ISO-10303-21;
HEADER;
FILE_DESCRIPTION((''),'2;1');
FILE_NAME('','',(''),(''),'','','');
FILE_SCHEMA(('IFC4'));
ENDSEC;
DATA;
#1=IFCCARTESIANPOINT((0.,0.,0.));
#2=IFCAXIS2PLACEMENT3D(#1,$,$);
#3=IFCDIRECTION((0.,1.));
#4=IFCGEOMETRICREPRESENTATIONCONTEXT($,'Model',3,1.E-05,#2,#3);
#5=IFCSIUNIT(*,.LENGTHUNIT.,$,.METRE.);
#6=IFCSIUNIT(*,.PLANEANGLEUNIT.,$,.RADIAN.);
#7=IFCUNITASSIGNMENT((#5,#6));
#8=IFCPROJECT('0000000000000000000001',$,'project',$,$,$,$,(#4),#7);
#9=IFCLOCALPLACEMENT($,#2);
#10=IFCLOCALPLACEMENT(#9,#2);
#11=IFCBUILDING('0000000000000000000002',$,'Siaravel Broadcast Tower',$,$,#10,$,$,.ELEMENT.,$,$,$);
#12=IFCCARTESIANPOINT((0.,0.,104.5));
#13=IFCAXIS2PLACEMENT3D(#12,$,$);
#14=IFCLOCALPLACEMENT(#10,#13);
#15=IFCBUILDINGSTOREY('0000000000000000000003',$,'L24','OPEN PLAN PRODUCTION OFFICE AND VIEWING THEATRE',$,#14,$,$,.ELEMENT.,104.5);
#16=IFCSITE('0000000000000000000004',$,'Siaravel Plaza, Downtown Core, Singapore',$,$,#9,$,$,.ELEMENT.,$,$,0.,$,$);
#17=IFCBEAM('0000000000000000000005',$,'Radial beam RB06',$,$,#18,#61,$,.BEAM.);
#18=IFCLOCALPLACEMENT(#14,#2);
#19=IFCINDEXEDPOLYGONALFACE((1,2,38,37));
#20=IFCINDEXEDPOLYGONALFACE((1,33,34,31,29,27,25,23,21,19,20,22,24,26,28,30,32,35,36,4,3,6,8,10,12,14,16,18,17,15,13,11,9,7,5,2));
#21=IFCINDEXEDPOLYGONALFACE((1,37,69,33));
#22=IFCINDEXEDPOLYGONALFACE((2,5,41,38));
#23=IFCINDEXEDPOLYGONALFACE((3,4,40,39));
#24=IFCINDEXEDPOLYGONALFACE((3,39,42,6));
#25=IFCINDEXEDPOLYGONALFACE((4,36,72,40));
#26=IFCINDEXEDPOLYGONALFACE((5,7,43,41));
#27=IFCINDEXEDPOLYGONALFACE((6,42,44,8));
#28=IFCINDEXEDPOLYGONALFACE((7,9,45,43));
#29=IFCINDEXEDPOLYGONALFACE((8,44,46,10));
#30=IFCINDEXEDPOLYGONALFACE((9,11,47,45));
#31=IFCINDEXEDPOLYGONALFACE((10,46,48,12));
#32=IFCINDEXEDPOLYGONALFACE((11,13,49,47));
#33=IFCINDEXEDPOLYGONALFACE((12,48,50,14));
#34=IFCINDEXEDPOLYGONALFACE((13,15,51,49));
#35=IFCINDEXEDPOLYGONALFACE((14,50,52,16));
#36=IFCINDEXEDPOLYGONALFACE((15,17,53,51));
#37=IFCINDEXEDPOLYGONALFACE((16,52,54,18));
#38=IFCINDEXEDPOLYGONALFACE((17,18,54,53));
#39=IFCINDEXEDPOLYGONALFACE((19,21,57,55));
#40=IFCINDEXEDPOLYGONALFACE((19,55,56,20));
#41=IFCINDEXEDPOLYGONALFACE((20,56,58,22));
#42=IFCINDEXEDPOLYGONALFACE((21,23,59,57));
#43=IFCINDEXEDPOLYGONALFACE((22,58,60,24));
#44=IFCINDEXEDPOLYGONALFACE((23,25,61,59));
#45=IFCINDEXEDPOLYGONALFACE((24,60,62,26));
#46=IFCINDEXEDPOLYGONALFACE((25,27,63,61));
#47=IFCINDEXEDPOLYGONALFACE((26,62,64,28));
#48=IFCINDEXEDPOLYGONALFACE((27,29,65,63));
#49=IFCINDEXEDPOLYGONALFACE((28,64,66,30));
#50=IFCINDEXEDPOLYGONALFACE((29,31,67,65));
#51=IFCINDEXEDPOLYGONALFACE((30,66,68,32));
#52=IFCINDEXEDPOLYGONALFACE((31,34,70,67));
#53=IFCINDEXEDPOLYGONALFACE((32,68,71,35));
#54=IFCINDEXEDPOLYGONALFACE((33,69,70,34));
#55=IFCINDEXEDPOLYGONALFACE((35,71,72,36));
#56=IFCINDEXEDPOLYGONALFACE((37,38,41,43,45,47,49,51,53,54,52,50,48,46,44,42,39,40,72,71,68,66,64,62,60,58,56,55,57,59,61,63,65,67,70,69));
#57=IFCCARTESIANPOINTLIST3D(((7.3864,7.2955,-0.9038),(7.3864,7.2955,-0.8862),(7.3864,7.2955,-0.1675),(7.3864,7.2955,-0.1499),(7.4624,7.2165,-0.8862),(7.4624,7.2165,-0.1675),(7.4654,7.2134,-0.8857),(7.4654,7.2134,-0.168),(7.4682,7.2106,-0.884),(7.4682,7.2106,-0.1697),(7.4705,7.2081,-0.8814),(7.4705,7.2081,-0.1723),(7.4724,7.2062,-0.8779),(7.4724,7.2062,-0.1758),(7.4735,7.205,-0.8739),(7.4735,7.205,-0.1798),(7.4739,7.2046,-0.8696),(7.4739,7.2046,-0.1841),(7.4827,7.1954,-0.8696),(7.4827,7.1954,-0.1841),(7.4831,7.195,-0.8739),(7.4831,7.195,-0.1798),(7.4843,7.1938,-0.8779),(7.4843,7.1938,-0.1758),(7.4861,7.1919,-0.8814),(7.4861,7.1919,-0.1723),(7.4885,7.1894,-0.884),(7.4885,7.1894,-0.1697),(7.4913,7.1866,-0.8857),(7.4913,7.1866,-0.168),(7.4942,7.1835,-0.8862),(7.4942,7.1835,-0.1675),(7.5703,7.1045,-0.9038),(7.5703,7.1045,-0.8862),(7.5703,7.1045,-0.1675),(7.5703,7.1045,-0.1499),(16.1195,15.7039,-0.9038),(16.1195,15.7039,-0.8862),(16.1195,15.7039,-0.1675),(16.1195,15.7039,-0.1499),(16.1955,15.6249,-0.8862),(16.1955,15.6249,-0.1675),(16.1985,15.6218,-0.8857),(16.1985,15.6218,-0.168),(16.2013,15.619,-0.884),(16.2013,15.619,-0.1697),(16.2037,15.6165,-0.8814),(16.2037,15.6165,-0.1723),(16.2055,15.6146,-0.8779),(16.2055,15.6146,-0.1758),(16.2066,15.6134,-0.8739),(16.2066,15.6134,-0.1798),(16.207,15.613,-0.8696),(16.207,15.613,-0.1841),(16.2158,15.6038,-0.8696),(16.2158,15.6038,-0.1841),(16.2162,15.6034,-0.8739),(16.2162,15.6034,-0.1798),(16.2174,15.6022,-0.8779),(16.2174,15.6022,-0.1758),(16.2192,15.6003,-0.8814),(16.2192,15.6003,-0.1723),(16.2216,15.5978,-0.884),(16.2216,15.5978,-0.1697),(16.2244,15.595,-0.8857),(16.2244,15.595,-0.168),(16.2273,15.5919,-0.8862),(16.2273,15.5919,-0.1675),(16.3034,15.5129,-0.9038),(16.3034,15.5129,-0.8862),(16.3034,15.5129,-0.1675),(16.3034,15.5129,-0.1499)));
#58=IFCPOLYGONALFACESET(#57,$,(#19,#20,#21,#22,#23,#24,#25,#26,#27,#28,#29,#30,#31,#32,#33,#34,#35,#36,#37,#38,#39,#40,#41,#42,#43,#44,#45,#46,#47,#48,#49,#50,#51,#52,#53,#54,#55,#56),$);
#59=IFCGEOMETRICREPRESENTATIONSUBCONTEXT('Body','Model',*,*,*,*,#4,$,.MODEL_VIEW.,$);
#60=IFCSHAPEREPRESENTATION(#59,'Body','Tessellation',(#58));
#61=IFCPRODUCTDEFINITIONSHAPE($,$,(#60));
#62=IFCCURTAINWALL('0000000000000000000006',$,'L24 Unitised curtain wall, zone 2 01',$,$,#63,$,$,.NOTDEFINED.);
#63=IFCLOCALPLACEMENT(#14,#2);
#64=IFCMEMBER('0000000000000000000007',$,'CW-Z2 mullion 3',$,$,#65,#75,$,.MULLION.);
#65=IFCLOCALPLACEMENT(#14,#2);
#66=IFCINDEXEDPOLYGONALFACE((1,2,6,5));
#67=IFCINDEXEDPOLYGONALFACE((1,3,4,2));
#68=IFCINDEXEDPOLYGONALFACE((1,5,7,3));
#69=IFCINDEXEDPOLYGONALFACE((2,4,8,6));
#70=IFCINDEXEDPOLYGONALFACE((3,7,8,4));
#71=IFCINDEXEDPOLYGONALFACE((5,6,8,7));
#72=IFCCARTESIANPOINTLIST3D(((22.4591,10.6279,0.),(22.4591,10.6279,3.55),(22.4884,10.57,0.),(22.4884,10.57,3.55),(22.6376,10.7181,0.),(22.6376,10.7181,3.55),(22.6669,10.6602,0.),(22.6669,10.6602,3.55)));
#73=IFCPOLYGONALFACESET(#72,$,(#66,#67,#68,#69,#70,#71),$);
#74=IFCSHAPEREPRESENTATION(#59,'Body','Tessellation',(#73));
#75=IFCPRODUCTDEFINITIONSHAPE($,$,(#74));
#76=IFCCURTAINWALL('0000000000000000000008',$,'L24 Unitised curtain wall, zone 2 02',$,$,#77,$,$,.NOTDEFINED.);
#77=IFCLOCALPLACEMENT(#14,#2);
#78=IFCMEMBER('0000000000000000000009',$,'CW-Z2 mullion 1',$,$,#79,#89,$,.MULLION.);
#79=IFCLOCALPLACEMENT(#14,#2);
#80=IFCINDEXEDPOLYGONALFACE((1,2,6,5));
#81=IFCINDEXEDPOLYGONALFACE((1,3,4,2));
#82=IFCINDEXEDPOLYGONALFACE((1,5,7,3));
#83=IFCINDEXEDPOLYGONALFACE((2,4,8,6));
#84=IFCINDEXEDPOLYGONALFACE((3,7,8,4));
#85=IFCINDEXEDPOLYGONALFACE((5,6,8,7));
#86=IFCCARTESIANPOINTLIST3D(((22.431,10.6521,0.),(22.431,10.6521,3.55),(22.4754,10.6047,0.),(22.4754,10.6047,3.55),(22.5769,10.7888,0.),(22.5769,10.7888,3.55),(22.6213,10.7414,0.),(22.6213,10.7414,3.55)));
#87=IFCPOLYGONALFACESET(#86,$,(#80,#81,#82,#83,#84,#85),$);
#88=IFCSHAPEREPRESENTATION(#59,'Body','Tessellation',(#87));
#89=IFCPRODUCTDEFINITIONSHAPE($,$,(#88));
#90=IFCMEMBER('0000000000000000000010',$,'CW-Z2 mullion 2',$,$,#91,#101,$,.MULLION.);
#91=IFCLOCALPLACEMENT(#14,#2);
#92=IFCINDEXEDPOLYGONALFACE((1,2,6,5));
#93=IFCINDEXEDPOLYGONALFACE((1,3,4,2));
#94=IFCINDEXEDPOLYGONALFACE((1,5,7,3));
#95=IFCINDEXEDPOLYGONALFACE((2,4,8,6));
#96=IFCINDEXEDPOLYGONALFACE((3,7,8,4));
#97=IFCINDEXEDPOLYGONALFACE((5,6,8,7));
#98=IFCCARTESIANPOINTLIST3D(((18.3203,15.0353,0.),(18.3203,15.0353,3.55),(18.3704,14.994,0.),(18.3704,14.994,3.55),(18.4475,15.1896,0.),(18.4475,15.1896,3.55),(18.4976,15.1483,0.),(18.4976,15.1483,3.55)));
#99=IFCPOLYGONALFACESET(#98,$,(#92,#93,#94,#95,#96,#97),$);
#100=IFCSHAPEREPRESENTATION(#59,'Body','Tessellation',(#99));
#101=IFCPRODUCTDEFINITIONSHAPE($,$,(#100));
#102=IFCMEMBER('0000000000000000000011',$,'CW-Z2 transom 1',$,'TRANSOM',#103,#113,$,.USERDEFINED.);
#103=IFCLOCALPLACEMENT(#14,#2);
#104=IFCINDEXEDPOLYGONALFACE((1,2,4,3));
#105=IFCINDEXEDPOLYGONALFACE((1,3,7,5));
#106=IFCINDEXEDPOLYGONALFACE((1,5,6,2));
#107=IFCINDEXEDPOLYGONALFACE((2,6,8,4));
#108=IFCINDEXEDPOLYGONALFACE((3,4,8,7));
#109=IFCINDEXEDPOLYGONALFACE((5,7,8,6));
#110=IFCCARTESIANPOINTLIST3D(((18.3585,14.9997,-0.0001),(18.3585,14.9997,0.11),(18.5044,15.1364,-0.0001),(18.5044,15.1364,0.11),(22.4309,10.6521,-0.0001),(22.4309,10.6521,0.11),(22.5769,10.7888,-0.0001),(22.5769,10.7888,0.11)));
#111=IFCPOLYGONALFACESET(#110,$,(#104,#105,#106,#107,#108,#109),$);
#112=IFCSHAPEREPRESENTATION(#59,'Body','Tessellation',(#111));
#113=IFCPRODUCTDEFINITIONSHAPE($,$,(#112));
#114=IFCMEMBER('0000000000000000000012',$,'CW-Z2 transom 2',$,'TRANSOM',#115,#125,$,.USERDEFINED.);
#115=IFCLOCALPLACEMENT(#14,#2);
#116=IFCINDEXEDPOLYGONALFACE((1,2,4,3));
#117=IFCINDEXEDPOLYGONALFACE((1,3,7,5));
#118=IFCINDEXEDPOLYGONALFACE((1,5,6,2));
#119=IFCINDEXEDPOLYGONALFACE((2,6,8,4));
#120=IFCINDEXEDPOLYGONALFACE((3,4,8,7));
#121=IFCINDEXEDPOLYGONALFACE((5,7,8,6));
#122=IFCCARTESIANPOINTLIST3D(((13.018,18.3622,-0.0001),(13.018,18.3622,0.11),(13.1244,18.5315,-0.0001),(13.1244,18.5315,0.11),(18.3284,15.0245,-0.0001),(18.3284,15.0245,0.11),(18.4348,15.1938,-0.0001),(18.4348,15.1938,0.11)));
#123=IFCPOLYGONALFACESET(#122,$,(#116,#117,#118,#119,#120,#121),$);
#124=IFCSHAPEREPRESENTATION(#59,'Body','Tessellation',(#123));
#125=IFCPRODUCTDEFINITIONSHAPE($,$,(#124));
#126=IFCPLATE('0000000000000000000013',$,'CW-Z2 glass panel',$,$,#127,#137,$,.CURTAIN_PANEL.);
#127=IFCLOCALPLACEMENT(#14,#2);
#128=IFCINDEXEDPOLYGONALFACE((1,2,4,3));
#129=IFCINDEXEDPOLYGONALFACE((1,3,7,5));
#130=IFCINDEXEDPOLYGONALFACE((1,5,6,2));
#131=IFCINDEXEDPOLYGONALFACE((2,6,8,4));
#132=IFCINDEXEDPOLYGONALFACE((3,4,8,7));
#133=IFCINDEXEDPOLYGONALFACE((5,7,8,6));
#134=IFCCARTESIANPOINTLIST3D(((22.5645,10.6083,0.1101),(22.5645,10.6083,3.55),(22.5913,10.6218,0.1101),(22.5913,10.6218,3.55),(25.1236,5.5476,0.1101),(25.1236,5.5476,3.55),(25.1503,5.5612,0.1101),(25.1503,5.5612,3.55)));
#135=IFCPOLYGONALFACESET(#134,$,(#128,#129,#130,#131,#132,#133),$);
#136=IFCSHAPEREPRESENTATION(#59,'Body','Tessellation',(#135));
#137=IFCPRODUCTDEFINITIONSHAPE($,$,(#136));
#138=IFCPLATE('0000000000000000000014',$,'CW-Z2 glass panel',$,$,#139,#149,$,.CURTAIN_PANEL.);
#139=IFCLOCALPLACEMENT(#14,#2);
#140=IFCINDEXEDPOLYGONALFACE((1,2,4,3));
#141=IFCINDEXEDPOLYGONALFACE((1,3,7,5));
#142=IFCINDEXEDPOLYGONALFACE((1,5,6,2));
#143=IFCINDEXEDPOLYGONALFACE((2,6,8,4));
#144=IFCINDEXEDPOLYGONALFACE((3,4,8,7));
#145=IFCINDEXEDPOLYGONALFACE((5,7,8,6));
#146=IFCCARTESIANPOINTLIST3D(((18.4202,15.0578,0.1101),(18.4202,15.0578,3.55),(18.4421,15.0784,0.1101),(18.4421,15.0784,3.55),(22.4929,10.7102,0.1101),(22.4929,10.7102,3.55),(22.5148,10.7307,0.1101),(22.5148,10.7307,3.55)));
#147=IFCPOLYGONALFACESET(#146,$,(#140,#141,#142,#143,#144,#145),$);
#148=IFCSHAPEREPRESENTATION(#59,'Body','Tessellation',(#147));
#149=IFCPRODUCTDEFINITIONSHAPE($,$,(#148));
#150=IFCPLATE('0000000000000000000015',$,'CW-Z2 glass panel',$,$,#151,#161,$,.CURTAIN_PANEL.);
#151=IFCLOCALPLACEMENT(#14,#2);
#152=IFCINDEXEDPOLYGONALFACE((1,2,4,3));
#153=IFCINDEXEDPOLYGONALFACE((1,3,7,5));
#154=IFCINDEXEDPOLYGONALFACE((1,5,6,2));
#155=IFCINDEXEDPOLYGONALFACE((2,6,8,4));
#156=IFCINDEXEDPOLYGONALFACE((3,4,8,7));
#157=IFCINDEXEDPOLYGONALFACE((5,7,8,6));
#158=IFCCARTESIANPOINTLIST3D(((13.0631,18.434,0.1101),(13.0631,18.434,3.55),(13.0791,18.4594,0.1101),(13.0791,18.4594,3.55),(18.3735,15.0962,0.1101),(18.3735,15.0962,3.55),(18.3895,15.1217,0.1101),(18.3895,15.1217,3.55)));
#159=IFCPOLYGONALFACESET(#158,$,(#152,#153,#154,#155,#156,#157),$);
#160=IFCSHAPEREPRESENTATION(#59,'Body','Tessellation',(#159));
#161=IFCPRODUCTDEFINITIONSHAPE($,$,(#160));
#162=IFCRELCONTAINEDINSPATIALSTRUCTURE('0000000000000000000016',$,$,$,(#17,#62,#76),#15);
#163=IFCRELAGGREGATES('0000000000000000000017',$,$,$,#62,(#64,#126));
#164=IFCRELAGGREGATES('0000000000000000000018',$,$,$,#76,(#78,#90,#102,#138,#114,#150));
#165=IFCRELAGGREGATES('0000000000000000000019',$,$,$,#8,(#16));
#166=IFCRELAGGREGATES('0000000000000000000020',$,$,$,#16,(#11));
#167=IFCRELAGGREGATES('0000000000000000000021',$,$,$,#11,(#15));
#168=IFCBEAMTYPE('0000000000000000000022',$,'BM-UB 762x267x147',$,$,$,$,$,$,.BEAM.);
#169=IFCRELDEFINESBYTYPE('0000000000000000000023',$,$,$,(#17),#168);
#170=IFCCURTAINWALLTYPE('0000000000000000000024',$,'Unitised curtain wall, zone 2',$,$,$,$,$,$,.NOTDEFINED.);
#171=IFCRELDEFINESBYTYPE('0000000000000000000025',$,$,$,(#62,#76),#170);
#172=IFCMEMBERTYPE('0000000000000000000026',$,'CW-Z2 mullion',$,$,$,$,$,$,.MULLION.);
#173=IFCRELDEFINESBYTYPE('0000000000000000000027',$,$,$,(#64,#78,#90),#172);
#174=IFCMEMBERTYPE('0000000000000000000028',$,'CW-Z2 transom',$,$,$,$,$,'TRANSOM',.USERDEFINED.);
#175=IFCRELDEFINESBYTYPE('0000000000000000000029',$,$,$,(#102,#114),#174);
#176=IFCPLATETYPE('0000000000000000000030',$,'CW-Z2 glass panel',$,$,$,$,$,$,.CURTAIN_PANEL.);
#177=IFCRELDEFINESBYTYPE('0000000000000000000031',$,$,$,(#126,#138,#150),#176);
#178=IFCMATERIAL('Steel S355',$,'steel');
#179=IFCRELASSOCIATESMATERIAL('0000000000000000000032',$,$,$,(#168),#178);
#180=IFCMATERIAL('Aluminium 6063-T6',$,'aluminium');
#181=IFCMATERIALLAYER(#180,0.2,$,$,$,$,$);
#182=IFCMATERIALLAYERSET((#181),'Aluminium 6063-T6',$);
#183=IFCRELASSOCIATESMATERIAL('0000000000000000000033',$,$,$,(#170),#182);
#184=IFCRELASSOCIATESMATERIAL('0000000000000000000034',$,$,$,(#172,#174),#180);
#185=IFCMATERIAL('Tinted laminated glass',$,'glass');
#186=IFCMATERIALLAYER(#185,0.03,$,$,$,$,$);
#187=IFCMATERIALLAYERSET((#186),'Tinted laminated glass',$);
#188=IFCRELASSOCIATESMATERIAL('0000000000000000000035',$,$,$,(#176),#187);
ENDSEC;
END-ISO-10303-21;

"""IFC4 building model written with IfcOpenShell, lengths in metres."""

from ifc_helpers import new_model, si_unit, direction, frame, origin, origin_2d, place, context, subcontext, project, spatial, rectangle, i_section, extrude, material, layer, layer_set, material_profile, profile_set, type_object, element, aggregate, save


model = new_model("IFC4")

# Units and contexts
model_context = context("Model", 3, precision=1e-05, world=origin(), true_north=direction((0.0, 1.0)))
body_context = subcontext(model_context, "Body", "Model", "MODEL_VIEW")
ifc_project = project(units=[si_unit("LENGTHUNIT", "METRE"), si_unit("PLANEANGLEUNIT", "RADIAN")], contexts=[model_context])

# Site, building, storey
site_placement = place(None, origin())
site = spatial("IfcSite", under=ifc_project, at=site_placement, Name="Siaravel Plaza, Downtown Core, Singapore", CompositionType="ELEMENT", RefElevation=0.0)
building_placement = place(site_placement, origin())
building = spatial("IfcBuilding", under=site, at=building_placement, Name="Siaravel Broadcast Tower", CompositionType="ELEMENT")
storey_placement = place(building_placement, frame((0.0, 0.0, 104.5)))
storey = spatial("IfcBuildingStorey", under=building, at=storey_placement, Name="L24", Description="OPEN PLAN PRODUCTION OFFICE AND VIEWING THEATRE", CompositionType="ELEMENT", Elevation=104.5)

# Beam
ifc_material_1 = material(Name="Steel S355", Category="steel")
ifc_material_profile_1 = material_profile(ifc_material_1, i_section(OverallWidth=0.2651, OverallDepth=0.7539, WebThickness=0.0127, FlangeThickness=0.0176, FilletRadius=0.0166, at=origin_2d()))
ifc_profile_set_1 = profile_set([ifc_material_profile_1], Name="Steel S355")
beam_type = type_object("IfcBeamType", Name="BM-UB 762x267x147", PredefinedType="BEAM", material=ifc_profile_set_1)
beam_1_placement = place(storey_placement, frame((16.2114, 15.6084, -0.5269), z_axis=(-0.720372, -0.693588, 0.0), x_axis=(0.693588, -0.720372, 0.0)))
element("IfcBeam", 1, at=beam_1_placement, inside=storey, type_object=beam_type, Name="Radial beam RB06", PredefinedType="BEAM", context=body_context, shape_type="SweptSolid", body=[
    extrude(i_section(OverallWidth=0.2651, OverallDepth=0.7539, WebThickness=0.0127, FlangeThickness=0.0176, FilletRadius=0.0166, at=origin_2d()), origin(), (0.0, 0.0, 1.0), 12.123),
])

# Curtain wall, member
ifc_material_2 = material(Name="Aluminium 6063-T6", Category="aluminium")
ifc_layer_1 = layer(ifc_material_2, 0.2)
ifc_layer_set_1 = layer_set([ifc_layer_1], Name="Aluminium 6063-T6")
curtain_wall_type = type_object("IfcCurtainWallType", Name="Unitised curtain wall, zone 2", PredefinedType="NOTDEFINED", material=ifc_layer_set_1)
curtain_wall_1_placement = place(storey_placement, origin())
curtain_wall_1 = element("IfcCurtainWall", 2, at=curtain_wall_1_placement, inside=storey, type_object=curtain_wall_type, Name="L24 Unitised curtain wall, zone 2 01", PredefinedType="NOTDEFINED")
ifc_material_profile_2 = material_profile(ifc_material_2, rectangle(XDim=0.2, YDim=0.0649, at=origin_2d()))
ifc_profile_set_2 = profile_set([ifc_material_profile_2], Name="Aluminium 6063-T6")
member_type_1 = type_object("IfcMemberType", Name="CW-Z2 mullion", PredefinedType="MULLION", material=ifc_profile_set_2)
member_1_placement = place(storey_placement, frame((22.563, 10.644, 0.0), z_axis=(0.0, 0.0, 1.0), x_axis=(-0.892392, -0.451261, 0.0)))
member_1 = element("IfcMember", 3, at=member_1_placement, type_object=member_type_1, Name="CW-Z2 mullion 3", PredefinedType="MULLION", context=body_context, shape_type="SweptSolid", body=[
    extrude(rectangle(XDim=0.2, YDim=0.0649, at=origin_2d()), origin(), (0.0, 0.0, 1.0), 3.55),
])

# Curtain wall, members
curtain_wall_2_placement = place(storey_placement, origin())
curtain_wall_2 = element("IfcCurtainWall", 4, at=curtain_wall_2_placement, inside=storey, type_object=curtain_wall_type, Name="L24 Unitised curtain wall, zone 2 02", PredefinedType="NOTDEFINED")
member_2_placement = place(storey_placement, frame((22.5261, 10.6968, 0.0), z_axis=(0.0, 0.0, 1.0), x_axis=(-0.729805, -0.683656, 0.0)))
member_2 = element("IfcMember", 5, at=member_2_placement, type_object=member_type_1, Name="CW-Z2 mullion 1", PredefinedType="MULLION", context=body_context, shape_type="SweptSolid", body=[
    extrude(rectangle(XDim=0.2, YDim=0.0649, at=origin_2d()), origin(), (0.0, 0.0, 1.0), 3.55),
])
member_3_placement = place(storey_placement, frame((18.4089, 15.0918, 0.0), z_axis=(0.0, 0.0, 1.0), x_axis=(-0.636218, -0.771509, 0.0)))
member_3 = element("IfcMember", 6, at=member_3_placement, type_object=member_type_1, Name="CW-Z2 mullion 2", PredefinedType="MULLION", context=body_context, shape_type="SweptSolid", body=[
    extrude(rectangle(XDim=0.2, YDim=0.0649, at=origin_2d()), origin(), (0.0, 0.0, 1.0), 3.55),
])
ifc_material_profile_3 = material_profile(ifc_material_2, rectangle(XDim=0.2, YDim=0.1101, at=origin_2d()))
ifc_profile_set_3 = profile_set([ifc_material_profile_3], Name="Aluminium 6063-T6")
member_type_2 = type_object("IfcMemberType", Name="CW-Z2 transom", ElementType="TRANSOM", PredefinedType="USERDEFINED", material=ifc_profile_set_3)
member_4_placement = place(storey_placement, frame((22.5039, 10.7205, 0.0549), z_axis=(-0.683636, 0.729823, 0.0), x_axis=(-0.729823, -0.683636, 0.0)))
member_4 = element("IfcMember", 7, at=member_4_placement, type_object=member_type_2, Name="CW-Z2 transom 1", ObjectType="TRANSOM", PredefinedType="USERDEFINED", context=body_context, shape_type="SweptSolid", body=[
    extrude(rectangle(XDim=0.2, YDim=0.1101, at=origin_2d()), origin(), (0.0, 0.0, 1.0), 5.957),
])
member_5_placement = place(storey_placement, frame((18.3816, 15.1091, 0.0549), z_axis=(-0.846655, 0.532142, 0.0), x_axis=(-0.532142, -0.846655, 0.0)))
member_5 = element("IfcMember", 8, at=member_5_placement, type_object=member_type_2, Name="CW-Z2 transom 2", ObjectType="TRANSOM", PredefinedType="USERDEFINED", context=body_context, shape_type="SweptSolid", body=[
    extrude(rectangle(XDim=0.2, YDim=0.1101, at=origin_2d()), origin(), (0.0, 0.0, 1.0), 6.2722),
])

# Plates
ifc_material_3 = material(Name="Tinted laminated glass", Category="glass")
ifc_layer_2 = layer(ifc_material_3, 0.03)
ifc_layer_set_2 = layer_set([ifc_layer_2], Name="Tinted laminated glass")
plate_type = type_object("IfcPlateType", Name="CW-Z2 glass panel", PredefinedType="CURTAIN_PANEL", material=ifc_layer_set_2)
plate_1_placement = place(storey_placement, frame((23.8574, 8.0847, 0.1101), z_axis=(0.0, 0.0, 1.0), x_axis=(-0.451261, 0.892392, 0.0)))
plate_1 = element("IfcPlate", 9, at=plate_1_placement, type_object=plate_type, Name="CW-Z2 glass panel", PredefinedType="CURTAIN_PANEL", context=body_context, shape_type="SweptSolid", body=[
    extrude(rectangle(XDim=5.6709, YDim=0.03, at=origin_2d()), origin(), (0.0, 0.0, 1.0), 3.4399),
])
aggregate(curtain_wall_1, [member_1, plate_1])
plate_2_placement = place(storey_placement, frame((20.4675, 12.8943, 0.1101), z_axis=(0.0, 0.0, 1.0), x_axis=(-0.683656, 0.729805, 0.0)))
plate_2 = element("IfcPlate", 10, at=plate_2_placement, type_object=plate_type, Name="CW-Z2 glass panel", PredefinedType="CURTAIN_PANEL", context=body_context, shape_type="SweptSolid", body=[
    extrude(rectangle(XDim=5.9573, YDim=0.03, at=origin_2d()), origin(), (0.0, 0.0, 1.0), 3.4399),
])
plate_3_placement = place(storey_placement, frame((15.7263, 16.7778, 0.1101), z_axis=(0.0, 0.0, 1.0), x_axis=(-0.846651, 0.532149, 0.0)))
plate_3 = element("IfcPlate", 11, at=plate_3_placement, type_object=plate_type, Name="CW-Z2 glass panel", PredefinedType="CURTAIN_PANEL", context=body_context, shape_type="SweptSolid", body=[
    extrude(rectangle(XDim=6.2722, YDim=0.03, at=origin_2d()), origin(), (0.0, 0.0, 1.0), 3.4399),
])
aggregate(curtain_wall_2, [member_2, member_3, member_4, plate_2, member_5, plate_3])

save(model, "model.ifc")
